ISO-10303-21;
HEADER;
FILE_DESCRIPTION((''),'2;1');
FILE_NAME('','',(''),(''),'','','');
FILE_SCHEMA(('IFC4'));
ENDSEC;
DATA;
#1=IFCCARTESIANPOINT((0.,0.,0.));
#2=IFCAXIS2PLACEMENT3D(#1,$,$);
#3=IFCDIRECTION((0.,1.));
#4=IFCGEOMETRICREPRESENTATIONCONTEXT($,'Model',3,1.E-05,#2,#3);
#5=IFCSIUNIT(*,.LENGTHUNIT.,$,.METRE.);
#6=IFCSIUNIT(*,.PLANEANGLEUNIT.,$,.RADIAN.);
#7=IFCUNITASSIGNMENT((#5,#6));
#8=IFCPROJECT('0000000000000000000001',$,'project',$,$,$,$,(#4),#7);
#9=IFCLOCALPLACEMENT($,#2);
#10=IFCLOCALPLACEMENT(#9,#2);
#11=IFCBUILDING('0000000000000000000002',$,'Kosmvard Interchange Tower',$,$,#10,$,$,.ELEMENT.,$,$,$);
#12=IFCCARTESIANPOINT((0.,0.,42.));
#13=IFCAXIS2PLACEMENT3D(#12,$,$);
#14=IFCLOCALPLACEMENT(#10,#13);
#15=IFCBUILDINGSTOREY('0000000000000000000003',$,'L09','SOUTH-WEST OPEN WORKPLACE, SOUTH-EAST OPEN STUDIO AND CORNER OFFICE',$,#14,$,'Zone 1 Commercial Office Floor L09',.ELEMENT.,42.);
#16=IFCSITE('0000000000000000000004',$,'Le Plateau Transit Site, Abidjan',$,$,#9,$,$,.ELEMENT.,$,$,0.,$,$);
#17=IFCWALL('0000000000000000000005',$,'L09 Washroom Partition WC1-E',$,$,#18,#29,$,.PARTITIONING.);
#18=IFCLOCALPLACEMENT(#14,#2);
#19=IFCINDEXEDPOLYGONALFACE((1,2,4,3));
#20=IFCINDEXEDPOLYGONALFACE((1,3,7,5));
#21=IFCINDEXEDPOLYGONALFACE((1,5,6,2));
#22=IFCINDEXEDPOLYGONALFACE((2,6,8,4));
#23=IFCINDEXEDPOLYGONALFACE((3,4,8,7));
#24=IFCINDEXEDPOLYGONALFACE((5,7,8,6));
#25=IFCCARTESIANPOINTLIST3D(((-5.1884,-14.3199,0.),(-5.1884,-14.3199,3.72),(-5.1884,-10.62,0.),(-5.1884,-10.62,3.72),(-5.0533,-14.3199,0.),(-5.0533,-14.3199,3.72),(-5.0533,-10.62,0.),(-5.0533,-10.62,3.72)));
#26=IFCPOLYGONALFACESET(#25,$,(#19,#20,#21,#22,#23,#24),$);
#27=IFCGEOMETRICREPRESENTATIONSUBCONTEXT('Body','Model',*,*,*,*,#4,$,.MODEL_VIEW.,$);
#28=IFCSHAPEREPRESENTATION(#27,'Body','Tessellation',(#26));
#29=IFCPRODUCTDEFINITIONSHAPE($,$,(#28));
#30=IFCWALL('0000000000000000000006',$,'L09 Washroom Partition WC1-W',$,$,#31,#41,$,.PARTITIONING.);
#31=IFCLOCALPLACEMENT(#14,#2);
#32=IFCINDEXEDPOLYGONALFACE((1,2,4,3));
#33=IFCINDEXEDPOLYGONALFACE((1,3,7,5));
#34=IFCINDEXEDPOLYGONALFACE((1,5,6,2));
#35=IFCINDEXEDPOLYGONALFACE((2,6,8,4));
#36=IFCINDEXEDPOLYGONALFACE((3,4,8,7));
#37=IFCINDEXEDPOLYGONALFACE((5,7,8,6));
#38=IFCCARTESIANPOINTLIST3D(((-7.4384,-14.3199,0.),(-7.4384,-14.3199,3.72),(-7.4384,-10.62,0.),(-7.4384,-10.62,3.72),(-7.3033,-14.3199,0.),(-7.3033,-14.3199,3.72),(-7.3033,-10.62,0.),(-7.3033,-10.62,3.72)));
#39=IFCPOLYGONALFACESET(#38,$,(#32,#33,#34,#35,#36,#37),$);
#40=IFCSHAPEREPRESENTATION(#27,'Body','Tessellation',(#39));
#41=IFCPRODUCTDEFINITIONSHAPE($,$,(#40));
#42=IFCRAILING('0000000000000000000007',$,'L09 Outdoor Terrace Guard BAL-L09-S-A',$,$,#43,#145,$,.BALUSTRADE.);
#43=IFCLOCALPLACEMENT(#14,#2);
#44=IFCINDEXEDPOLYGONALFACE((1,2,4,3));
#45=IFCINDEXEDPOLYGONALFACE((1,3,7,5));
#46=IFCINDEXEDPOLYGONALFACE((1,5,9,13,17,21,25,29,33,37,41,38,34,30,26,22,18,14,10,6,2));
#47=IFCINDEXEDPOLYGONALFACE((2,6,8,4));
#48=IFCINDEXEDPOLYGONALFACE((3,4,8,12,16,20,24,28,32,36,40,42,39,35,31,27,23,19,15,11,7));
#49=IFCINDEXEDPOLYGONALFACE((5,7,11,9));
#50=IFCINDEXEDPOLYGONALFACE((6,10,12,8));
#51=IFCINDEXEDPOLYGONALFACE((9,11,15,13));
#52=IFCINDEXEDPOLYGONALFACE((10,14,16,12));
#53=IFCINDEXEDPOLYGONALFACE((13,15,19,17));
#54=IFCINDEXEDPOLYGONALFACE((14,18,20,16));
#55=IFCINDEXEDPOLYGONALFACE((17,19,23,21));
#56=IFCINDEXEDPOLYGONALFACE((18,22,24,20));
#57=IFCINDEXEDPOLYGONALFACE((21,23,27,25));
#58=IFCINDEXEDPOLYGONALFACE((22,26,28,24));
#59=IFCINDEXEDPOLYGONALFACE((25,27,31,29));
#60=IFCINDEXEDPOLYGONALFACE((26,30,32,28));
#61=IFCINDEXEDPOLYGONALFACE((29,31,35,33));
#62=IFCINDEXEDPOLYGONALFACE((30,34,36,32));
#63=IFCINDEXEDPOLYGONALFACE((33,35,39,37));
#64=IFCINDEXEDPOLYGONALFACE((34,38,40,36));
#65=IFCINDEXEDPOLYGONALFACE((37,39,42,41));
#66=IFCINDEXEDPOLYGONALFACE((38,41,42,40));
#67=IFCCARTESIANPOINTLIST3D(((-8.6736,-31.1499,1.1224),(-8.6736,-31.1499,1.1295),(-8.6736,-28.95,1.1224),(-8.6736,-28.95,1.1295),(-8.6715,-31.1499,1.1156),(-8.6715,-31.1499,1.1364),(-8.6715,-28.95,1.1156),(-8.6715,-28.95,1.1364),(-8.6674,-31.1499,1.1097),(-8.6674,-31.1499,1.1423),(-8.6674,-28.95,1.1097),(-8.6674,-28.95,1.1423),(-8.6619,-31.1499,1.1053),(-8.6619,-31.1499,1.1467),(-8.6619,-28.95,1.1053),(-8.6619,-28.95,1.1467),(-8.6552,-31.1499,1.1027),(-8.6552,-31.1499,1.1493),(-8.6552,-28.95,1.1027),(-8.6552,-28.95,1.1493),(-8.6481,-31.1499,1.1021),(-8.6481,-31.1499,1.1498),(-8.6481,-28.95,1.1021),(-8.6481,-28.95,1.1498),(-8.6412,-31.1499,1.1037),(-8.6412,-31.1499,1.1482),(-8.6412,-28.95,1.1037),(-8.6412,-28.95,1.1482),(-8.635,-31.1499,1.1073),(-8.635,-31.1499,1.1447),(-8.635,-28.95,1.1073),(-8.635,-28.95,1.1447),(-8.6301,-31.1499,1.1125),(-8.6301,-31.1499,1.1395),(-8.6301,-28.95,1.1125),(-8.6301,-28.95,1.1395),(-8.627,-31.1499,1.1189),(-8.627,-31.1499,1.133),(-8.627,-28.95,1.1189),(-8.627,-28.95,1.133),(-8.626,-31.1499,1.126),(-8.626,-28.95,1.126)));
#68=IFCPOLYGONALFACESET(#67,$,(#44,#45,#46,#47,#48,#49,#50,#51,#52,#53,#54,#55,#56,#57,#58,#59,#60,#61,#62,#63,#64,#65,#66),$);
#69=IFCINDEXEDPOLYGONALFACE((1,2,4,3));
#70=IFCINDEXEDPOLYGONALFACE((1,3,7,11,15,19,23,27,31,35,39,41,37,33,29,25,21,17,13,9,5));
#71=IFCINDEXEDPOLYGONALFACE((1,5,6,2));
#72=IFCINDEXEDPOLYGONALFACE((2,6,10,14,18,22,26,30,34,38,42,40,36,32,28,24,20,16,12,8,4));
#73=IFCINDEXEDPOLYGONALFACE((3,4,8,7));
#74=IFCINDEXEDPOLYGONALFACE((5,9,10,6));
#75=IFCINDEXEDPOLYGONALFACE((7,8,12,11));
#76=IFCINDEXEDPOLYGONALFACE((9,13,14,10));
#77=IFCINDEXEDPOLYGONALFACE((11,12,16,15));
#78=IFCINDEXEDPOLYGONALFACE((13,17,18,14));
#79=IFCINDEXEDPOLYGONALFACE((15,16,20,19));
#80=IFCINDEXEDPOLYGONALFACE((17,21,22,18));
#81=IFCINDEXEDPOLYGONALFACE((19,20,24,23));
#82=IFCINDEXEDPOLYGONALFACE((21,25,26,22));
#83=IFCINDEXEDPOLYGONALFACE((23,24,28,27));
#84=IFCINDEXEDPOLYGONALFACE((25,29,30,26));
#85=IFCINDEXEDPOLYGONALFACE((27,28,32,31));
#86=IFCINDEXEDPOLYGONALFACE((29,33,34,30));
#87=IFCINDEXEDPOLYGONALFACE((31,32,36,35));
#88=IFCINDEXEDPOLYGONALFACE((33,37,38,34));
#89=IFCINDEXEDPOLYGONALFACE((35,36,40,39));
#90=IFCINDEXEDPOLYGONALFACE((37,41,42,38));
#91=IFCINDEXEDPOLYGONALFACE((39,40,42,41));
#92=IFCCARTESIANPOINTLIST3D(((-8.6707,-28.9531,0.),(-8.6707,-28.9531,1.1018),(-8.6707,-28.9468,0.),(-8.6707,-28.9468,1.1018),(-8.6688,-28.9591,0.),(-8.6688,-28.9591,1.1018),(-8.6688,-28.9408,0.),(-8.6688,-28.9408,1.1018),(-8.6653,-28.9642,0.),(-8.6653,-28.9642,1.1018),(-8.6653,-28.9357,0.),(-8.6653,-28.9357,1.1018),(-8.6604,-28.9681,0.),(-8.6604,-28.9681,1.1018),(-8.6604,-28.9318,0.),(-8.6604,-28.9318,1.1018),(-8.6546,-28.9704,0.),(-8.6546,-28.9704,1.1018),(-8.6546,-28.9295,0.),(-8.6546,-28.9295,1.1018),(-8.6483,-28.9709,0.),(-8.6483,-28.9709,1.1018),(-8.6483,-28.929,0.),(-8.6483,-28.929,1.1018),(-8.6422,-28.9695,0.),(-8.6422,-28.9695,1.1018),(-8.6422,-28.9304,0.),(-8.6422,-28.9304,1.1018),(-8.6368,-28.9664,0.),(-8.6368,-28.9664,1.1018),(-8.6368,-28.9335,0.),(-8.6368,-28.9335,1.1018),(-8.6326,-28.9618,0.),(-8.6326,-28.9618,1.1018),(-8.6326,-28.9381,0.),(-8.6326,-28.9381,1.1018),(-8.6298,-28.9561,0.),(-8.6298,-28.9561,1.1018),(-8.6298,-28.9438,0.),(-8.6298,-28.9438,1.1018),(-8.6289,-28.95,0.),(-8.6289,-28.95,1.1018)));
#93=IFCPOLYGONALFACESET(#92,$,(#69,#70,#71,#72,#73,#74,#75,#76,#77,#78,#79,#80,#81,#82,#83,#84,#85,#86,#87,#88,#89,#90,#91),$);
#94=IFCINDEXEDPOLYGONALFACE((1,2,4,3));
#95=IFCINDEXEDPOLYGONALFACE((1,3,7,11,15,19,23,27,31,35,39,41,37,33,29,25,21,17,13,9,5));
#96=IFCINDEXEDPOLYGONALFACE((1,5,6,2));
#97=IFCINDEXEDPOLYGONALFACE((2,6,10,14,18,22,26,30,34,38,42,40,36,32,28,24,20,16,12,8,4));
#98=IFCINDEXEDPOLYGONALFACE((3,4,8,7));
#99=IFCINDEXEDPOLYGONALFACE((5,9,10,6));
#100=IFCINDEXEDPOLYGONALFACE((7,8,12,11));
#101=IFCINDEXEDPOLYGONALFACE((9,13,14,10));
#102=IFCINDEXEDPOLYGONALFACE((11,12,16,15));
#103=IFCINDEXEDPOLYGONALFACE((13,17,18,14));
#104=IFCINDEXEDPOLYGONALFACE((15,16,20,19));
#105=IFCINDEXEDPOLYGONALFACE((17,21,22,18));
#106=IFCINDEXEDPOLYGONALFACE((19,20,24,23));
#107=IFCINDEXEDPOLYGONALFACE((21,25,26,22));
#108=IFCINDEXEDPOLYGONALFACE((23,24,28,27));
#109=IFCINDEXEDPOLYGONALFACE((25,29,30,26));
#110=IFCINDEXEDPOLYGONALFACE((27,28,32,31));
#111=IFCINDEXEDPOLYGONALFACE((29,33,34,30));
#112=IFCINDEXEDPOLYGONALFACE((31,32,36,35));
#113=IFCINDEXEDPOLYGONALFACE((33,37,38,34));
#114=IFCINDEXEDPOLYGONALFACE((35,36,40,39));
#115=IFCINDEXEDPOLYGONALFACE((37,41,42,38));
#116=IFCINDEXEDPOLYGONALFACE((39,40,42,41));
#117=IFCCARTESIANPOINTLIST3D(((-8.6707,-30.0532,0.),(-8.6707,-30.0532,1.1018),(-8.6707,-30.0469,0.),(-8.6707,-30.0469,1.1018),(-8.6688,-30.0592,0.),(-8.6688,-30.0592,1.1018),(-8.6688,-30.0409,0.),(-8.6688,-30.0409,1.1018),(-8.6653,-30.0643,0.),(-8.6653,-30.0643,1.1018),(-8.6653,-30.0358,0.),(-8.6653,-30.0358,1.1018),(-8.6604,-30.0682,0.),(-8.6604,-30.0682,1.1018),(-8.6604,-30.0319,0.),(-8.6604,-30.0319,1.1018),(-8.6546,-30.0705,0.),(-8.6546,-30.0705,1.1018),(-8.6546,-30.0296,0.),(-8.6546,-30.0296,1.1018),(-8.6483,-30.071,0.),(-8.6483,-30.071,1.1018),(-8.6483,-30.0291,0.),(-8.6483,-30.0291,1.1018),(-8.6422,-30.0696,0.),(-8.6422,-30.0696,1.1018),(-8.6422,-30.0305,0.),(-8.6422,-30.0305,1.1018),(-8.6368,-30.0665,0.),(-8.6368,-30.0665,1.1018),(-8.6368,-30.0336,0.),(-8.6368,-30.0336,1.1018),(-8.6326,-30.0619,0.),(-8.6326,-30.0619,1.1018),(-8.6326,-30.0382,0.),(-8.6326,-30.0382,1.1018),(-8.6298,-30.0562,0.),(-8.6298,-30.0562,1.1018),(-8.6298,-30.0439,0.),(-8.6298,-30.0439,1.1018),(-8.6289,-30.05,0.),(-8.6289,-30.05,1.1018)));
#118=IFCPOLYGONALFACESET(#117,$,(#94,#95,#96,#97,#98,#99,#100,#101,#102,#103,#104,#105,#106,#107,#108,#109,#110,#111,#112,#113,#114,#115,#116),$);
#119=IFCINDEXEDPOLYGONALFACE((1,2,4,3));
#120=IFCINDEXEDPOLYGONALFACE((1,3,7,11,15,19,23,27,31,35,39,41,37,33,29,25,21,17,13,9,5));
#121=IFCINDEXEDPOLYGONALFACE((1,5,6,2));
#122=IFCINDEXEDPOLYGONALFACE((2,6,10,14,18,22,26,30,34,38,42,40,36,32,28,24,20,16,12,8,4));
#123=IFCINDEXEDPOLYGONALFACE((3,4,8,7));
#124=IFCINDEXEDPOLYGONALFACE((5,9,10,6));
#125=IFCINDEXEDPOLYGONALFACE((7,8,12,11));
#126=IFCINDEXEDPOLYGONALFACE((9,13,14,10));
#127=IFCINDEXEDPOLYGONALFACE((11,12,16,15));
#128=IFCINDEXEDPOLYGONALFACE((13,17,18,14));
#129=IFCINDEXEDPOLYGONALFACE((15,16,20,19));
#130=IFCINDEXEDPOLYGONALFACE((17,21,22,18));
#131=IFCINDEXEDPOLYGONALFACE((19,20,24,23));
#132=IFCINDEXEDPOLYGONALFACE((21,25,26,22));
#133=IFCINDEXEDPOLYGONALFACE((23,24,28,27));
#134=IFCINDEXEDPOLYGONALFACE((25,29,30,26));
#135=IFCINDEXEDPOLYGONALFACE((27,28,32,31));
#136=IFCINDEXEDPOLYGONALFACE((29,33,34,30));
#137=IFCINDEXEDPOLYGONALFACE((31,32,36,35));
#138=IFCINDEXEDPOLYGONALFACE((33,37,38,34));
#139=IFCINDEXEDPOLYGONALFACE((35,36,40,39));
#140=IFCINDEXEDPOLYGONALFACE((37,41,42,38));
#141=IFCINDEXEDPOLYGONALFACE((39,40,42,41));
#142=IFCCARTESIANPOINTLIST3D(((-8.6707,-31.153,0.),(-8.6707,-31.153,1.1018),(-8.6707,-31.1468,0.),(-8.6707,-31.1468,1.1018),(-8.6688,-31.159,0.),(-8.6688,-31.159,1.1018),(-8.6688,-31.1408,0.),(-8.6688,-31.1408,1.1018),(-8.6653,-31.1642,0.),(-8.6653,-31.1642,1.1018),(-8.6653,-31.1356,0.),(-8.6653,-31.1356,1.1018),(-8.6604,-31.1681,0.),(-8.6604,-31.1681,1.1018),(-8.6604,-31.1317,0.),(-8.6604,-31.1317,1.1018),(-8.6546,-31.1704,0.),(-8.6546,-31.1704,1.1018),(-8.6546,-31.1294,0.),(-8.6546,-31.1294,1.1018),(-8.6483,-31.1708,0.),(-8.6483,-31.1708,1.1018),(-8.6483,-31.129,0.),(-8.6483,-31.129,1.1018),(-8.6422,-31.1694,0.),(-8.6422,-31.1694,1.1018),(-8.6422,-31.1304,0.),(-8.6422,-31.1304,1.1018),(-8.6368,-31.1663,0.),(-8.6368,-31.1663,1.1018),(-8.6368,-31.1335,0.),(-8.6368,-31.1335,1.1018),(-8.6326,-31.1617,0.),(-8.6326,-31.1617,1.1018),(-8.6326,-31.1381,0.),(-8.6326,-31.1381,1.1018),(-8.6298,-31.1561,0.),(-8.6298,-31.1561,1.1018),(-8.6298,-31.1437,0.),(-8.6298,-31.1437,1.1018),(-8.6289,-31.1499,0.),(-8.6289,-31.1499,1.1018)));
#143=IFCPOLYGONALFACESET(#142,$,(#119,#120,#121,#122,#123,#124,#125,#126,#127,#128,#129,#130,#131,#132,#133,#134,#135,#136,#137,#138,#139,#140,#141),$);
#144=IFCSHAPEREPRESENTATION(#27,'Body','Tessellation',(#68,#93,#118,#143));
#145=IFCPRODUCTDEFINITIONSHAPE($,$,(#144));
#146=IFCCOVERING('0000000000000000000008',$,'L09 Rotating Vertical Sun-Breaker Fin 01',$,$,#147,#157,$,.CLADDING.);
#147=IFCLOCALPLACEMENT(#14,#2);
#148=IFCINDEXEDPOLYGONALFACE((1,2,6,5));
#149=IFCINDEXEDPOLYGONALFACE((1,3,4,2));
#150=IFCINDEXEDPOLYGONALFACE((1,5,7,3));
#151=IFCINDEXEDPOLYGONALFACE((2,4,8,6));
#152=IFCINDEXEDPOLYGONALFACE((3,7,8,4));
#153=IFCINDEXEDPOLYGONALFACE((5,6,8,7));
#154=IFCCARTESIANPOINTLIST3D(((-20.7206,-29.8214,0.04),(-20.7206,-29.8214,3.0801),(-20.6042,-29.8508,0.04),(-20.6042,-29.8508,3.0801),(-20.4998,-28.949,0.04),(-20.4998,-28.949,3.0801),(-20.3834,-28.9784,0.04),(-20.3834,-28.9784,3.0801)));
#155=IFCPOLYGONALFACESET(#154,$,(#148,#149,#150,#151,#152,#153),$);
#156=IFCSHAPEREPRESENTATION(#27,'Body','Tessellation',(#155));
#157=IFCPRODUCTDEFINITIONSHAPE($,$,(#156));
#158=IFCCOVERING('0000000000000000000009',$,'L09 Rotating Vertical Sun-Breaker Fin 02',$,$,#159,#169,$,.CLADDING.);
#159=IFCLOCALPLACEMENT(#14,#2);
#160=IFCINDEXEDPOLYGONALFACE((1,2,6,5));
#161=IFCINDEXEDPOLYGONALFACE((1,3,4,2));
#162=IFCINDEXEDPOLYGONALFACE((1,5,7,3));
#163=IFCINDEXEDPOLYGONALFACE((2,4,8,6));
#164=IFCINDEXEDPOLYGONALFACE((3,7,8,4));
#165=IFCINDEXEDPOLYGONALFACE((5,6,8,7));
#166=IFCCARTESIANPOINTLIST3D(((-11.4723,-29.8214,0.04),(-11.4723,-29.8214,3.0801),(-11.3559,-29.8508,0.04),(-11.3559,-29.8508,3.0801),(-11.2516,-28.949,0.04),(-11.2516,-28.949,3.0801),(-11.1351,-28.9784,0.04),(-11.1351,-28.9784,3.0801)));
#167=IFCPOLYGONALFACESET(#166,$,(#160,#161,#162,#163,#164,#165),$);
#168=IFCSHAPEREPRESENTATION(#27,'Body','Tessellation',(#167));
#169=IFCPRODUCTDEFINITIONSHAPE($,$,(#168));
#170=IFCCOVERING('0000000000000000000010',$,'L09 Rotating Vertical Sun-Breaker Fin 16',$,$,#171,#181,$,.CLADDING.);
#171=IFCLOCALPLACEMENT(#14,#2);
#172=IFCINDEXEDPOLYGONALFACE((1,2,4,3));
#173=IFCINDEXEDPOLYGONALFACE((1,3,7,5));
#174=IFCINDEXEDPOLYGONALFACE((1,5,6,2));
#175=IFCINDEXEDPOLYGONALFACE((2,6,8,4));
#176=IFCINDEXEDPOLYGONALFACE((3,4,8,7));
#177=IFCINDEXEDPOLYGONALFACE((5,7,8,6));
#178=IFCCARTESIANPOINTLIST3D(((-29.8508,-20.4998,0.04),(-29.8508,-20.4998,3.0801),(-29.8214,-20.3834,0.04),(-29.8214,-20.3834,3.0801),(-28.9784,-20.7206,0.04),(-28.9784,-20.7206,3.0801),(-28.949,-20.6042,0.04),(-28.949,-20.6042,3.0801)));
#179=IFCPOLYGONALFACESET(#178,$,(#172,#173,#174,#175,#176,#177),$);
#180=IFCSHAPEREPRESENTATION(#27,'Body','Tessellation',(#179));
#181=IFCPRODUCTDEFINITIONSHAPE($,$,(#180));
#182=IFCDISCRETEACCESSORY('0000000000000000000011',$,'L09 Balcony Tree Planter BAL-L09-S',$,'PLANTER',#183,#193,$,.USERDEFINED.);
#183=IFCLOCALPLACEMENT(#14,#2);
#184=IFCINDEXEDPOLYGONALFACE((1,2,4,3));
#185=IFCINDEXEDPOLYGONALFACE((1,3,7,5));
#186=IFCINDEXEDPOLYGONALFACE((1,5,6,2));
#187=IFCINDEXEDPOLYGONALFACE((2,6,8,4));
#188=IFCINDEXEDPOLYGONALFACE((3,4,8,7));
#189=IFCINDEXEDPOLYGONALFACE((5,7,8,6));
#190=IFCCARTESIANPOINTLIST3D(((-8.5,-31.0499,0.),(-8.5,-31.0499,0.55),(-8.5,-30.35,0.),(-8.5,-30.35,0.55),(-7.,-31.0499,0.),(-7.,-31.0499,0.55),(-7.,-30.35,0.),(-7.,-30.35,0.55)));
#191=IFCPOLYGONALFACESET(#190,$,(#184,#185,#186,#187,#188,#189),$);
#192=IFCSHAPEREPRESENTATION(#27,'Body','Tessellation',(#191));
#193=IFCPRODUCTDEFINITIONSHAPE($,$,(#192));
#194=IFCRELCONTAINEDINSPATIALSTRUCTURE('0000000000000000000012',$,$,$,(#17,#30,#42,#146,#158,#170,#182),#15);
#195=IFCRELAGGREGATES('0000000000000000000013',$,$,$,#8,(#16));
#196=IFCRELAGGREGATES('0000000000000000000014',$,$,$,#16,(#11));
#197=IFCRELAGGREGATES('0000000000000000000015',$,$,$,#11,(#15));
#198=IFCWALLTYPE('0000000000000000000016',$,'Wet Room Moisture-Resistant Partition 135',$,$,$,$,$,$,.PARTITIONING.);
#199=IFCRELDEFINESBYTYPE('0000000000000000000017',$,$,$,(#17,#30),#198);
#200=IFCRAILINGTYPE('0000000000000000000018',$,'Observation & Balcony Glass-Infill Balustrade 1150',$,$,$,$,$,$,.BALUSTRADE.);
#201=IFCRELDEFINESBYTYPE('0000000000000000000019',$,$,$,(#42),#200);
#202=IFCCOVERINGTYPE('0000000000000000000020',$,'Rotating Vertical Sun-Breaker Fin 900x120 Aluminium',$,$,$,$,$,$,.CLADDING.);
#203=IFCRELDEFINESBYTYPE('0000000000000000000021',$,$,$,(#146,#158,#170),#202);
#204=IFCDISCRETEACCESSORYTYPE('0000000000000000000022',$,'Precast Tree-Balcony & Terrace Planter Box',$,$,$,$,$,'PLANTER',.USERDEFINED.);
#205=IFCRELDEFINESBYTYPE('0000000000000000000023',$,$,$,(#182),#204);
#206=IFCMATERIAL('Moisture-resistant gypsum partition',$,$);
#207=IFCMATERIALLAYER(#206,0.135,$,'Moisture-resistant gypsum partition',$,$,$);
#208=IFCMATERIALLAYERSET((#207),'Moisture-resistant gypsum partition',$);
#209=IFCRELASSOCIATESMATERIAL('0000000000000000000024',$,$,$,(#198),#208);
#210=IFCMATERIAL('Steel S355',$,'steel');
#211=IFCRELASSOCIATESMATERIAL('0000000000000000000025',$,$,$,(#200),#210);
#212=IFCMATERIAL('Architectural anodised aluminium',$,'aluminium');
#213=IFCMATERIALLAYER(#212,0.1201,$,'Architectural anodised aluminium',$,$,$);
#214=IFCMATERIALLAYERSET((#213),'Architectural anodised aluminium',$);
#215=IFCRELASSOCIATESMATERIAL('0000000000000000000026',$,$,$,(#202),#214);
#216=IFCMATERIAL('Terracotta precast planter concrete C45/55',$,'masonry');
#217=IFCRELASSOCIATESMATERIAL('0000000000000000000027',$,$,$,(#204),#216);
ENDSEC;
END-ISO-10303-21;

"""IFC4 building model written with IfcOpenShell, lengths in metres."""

from ifc_helpers import new_model, si_unit, direction, frame, frame_2d, origin, origin_2d, place, context, subcontext, project, spatial, rectangle, circle, extrude, source, transform, mapped, material, layer, layer_set, type_object, element, save


model = new_model("IFC4")

# Units and contexts
model_context = context("Model", 3, precision=1e-05, world=origin(), true_north=direction((0.0, 1.0)))
body_context = subcontext(model_context, "Body", "Model", "MODEL_VIEW")
ifc_project = project(units=[si_unit("LENGTHUNIT", "METRE"), si_unit("PLANEANGLEUNIT", "RADIAN")], contexts=[model_context])

# Site, building, storey
site_placement = place(None, origin())
site = spatial("IfcSite", under=ifc_project, at=site_placement, Name="Le Plateau Transit Site, Abidjan", CompositionType="ELEMENT", RefElevation=0.0)
building_placement = place(site_placement, origin())
building = spatial("IfcBuilding", under=site, at=building_placement, Name="Kosmvard Interchange Tower", CompositionType="ELEMENT")
storey_placement = place(building_placement, frame((0.0, 0.0, 42.0)))
storey = spatial("IfcBuildingStorey", under=building, at=storey_placement, Name="L09", Description="SOUTH-WEST OPEN WORKPLACE, SOUTH-EAST OPEN STUDIO AND CORNER OFFICE", LongName="Zone 1 Commercial Office Floor L09", CompositionType="ELEMENT", Elevation=42.0)

# Shared definitions
ifc_material_1 = material(Name="Steel S355", Category="steel")

# Walls
ifc_material_2 = material(Name="Moisture-resistant gypsum partition")
ifc_layer_1 = layer(ifc_material_2, 0.135, Name="Moisture-resistant gypsum partition")
ifc_layer_set_1 = layer_set([ifc_layer_1], Name="Moisture-resistant gypsum partition")
wall_type_1 = type_object("IfcWallType", Name="Wet Room Moisture-Resistant Partition 135", PredefinedType="PARTITIONING", material=ifc_layer_set_1)
for number, where, z_axis, x_axis, name in (
    (1, (-5.1208, -14.3201, 0.0), (0.0, 0.0, 1.0), (0.0, 1.0, 0.0), "L09 Washroom Partition WC1-E"),
    (2, (-7.3708, -14.3201, 0.0), (0.0, 0.0, 1.0), (0.0, 1.0, 0.0), "L09 Washroom Partition WC1-W"),
):
    element("IfcWall", number, at=place(storey_placement, frame(where, z_axis=z_axis, x_axis=x_axis)), inside=storey, type_object=wall_type_1, Name=name, PredefinedType="PARTITIONING", context=body_context, shape_type="SweptSolid", body=[
        extrude(rectangle(XDim=3.7, YDim=0.135, at=frame_2d((1.8501, 0.0))), origin(), (0.0, 0.0, 1.0), 3.72),
    ])

# Railing
railing_type = type_object("IfcRailingType", Name="Observation & Balcony Glass-Infill Balustrade 1150", PredefinedType="BALUSTRADE", material=ifc_material_1)
shared_shape_1 = source(origin(), body_context, "Body", "SweptSolid", [
    extrude(circle(Radius=0.0239, at=origin_2d()), frame((0.0, 0.0, 1.126), z_axis=(0.0, -1.0, 0.0), x_axis=(1.0, 0.0, 0.0)), (0.0, 0.0, 1.0), 2.2),
    extrude(circle(Radius=0.021, at=origin_2d()), origin(), (0.0, 0.0, 1.0), 1.1018),
    extrude(circle(Radius=0.021, at=origin_2d()), frame((0.0, -1.1001, 0.0)), (0.0, 0.0, 1.0), 1.1018),
    extrude(circle(Radius=0.021, at=origin_2d()), frame((0.0, -2.2, 0.0)), (0.0, 0.0, 1.0), 1.1018),
])
railing_1_placement = place(storey_placement, frame((-8.6499, -28.95, 0.0)))
element("IfcRailing", 3, at=railing_1_placement, inside=storey, type_object=railing_type, Name="L09 Outdoor Terrace Guard BAL-L09-S-A", PredefinedType="BALUSTRADE", context=body_context, shape_type="MappedRepresentation", body=[
    mapped(shared_shape_1, transform((0.0, 0.0, 0.0), scale=1.0)),
])

# Coverings
ifc_material_3 = material(Name="Architectural anodised aluminium", Category="aluminium")
ifc_layer_2 = layer(ifc_material_3, 0.1201, Name="Architectural anodised aluminium")
ifc_layer_set_2 = layer_set([ifc_layer_2], Name="Architectural anodised aluminium")
covering_type = type_object("IfcCoveringType", Name="Rotating Vertical Sun-Breaker Fin 900x120 Aluminium", PredefinedType="CLADDING", material=ifc_layer_set_2)
shared_shape_2 = source(origin(), body_context, "Body", "SweptSolid", [
    extrude(rectangle(XDim=0.8999, YDim=0.1201, at=origin_2d()), origin(), (0.0, 0.0, 1.0), 3.04),
])
for number, where, z_axis, x_axis, name in (
    (4, (-20.552, -29.3999, 0.04), (0.0, 0.0, 1.0), (-0.245307, -0.969445, 0.0), "L09 Rotating Vertical Sun-Breaker Fin 01"),
    (5, (-11.3037, -29.3999, 0.04), (0.0, 0.0, 1.0), (-0.245307, -0.969445, 0.0), "L09 Rotating Vertical Sun-Breaker Fin 02"),
    (6, (-29.3999, -20.552, 0.04), (0.0, 0.0, 1.0), (-0.969445, 0.245307, 0.0), "L09 Rotating Vertical Sun-Breaker Fin 16"),
):
    element("IfcCovering", number, at=place(storey_placement, frame(where, z_axis=z_axis, x_axis=x_axis)), inside=storey, type_object=covering_type, Name=name, PredefinedType="CLADDING", context=body_context, shape_type="MappedRepresentation", body=[
        mapped(shared_shape_2, transform((0.0, 0.0, 0.0), scale=1.0)),
    ])

# Discrete accessory
ifc_material_4 = material(Name="Terracotta precast planter concrete C45/55", Category="masonry")
discrete_accessory_type = type_object("IfcDiscreteAccessoryType", Name="Precast Tree-Balcony & Terrace Planter Box", ElementType="PLANTER", PredefinedType="USERDEFINED", material=ifc_material_4)
shared_shape_3 = source(origin(), body_context, "Body", "SweptSolid", [
    extrude(rectangle(XDim=1.5, YDim=0.7, at=origin_2d()), origin(), (0.0, 0.0, 1.0), 0.55),
])
discrete_accessory_placement = place(storey_placement, frame((-7.75, -30.7, 0.0), z_axis=(0.0, 0.0, 1.0), x_axis=(1.0, 0.0, 0.0)))
element("IfcDiscreteAccessory", 7, at=discrete_accessory_placement, inside=storey, type_object=discrete_accessory_type, Name="L09 Balcony Tree Planter BAL-L09-S", ObjectType="PLANTER", PredefinedType="USERDEFINED", context=body_context, shape_type="MappedRepresentation", body=[
    mapped(shared_shape_3, transform((0.0, 0.0, 0.0), scale=1.0)),
])

save(model, "model.ifc")
